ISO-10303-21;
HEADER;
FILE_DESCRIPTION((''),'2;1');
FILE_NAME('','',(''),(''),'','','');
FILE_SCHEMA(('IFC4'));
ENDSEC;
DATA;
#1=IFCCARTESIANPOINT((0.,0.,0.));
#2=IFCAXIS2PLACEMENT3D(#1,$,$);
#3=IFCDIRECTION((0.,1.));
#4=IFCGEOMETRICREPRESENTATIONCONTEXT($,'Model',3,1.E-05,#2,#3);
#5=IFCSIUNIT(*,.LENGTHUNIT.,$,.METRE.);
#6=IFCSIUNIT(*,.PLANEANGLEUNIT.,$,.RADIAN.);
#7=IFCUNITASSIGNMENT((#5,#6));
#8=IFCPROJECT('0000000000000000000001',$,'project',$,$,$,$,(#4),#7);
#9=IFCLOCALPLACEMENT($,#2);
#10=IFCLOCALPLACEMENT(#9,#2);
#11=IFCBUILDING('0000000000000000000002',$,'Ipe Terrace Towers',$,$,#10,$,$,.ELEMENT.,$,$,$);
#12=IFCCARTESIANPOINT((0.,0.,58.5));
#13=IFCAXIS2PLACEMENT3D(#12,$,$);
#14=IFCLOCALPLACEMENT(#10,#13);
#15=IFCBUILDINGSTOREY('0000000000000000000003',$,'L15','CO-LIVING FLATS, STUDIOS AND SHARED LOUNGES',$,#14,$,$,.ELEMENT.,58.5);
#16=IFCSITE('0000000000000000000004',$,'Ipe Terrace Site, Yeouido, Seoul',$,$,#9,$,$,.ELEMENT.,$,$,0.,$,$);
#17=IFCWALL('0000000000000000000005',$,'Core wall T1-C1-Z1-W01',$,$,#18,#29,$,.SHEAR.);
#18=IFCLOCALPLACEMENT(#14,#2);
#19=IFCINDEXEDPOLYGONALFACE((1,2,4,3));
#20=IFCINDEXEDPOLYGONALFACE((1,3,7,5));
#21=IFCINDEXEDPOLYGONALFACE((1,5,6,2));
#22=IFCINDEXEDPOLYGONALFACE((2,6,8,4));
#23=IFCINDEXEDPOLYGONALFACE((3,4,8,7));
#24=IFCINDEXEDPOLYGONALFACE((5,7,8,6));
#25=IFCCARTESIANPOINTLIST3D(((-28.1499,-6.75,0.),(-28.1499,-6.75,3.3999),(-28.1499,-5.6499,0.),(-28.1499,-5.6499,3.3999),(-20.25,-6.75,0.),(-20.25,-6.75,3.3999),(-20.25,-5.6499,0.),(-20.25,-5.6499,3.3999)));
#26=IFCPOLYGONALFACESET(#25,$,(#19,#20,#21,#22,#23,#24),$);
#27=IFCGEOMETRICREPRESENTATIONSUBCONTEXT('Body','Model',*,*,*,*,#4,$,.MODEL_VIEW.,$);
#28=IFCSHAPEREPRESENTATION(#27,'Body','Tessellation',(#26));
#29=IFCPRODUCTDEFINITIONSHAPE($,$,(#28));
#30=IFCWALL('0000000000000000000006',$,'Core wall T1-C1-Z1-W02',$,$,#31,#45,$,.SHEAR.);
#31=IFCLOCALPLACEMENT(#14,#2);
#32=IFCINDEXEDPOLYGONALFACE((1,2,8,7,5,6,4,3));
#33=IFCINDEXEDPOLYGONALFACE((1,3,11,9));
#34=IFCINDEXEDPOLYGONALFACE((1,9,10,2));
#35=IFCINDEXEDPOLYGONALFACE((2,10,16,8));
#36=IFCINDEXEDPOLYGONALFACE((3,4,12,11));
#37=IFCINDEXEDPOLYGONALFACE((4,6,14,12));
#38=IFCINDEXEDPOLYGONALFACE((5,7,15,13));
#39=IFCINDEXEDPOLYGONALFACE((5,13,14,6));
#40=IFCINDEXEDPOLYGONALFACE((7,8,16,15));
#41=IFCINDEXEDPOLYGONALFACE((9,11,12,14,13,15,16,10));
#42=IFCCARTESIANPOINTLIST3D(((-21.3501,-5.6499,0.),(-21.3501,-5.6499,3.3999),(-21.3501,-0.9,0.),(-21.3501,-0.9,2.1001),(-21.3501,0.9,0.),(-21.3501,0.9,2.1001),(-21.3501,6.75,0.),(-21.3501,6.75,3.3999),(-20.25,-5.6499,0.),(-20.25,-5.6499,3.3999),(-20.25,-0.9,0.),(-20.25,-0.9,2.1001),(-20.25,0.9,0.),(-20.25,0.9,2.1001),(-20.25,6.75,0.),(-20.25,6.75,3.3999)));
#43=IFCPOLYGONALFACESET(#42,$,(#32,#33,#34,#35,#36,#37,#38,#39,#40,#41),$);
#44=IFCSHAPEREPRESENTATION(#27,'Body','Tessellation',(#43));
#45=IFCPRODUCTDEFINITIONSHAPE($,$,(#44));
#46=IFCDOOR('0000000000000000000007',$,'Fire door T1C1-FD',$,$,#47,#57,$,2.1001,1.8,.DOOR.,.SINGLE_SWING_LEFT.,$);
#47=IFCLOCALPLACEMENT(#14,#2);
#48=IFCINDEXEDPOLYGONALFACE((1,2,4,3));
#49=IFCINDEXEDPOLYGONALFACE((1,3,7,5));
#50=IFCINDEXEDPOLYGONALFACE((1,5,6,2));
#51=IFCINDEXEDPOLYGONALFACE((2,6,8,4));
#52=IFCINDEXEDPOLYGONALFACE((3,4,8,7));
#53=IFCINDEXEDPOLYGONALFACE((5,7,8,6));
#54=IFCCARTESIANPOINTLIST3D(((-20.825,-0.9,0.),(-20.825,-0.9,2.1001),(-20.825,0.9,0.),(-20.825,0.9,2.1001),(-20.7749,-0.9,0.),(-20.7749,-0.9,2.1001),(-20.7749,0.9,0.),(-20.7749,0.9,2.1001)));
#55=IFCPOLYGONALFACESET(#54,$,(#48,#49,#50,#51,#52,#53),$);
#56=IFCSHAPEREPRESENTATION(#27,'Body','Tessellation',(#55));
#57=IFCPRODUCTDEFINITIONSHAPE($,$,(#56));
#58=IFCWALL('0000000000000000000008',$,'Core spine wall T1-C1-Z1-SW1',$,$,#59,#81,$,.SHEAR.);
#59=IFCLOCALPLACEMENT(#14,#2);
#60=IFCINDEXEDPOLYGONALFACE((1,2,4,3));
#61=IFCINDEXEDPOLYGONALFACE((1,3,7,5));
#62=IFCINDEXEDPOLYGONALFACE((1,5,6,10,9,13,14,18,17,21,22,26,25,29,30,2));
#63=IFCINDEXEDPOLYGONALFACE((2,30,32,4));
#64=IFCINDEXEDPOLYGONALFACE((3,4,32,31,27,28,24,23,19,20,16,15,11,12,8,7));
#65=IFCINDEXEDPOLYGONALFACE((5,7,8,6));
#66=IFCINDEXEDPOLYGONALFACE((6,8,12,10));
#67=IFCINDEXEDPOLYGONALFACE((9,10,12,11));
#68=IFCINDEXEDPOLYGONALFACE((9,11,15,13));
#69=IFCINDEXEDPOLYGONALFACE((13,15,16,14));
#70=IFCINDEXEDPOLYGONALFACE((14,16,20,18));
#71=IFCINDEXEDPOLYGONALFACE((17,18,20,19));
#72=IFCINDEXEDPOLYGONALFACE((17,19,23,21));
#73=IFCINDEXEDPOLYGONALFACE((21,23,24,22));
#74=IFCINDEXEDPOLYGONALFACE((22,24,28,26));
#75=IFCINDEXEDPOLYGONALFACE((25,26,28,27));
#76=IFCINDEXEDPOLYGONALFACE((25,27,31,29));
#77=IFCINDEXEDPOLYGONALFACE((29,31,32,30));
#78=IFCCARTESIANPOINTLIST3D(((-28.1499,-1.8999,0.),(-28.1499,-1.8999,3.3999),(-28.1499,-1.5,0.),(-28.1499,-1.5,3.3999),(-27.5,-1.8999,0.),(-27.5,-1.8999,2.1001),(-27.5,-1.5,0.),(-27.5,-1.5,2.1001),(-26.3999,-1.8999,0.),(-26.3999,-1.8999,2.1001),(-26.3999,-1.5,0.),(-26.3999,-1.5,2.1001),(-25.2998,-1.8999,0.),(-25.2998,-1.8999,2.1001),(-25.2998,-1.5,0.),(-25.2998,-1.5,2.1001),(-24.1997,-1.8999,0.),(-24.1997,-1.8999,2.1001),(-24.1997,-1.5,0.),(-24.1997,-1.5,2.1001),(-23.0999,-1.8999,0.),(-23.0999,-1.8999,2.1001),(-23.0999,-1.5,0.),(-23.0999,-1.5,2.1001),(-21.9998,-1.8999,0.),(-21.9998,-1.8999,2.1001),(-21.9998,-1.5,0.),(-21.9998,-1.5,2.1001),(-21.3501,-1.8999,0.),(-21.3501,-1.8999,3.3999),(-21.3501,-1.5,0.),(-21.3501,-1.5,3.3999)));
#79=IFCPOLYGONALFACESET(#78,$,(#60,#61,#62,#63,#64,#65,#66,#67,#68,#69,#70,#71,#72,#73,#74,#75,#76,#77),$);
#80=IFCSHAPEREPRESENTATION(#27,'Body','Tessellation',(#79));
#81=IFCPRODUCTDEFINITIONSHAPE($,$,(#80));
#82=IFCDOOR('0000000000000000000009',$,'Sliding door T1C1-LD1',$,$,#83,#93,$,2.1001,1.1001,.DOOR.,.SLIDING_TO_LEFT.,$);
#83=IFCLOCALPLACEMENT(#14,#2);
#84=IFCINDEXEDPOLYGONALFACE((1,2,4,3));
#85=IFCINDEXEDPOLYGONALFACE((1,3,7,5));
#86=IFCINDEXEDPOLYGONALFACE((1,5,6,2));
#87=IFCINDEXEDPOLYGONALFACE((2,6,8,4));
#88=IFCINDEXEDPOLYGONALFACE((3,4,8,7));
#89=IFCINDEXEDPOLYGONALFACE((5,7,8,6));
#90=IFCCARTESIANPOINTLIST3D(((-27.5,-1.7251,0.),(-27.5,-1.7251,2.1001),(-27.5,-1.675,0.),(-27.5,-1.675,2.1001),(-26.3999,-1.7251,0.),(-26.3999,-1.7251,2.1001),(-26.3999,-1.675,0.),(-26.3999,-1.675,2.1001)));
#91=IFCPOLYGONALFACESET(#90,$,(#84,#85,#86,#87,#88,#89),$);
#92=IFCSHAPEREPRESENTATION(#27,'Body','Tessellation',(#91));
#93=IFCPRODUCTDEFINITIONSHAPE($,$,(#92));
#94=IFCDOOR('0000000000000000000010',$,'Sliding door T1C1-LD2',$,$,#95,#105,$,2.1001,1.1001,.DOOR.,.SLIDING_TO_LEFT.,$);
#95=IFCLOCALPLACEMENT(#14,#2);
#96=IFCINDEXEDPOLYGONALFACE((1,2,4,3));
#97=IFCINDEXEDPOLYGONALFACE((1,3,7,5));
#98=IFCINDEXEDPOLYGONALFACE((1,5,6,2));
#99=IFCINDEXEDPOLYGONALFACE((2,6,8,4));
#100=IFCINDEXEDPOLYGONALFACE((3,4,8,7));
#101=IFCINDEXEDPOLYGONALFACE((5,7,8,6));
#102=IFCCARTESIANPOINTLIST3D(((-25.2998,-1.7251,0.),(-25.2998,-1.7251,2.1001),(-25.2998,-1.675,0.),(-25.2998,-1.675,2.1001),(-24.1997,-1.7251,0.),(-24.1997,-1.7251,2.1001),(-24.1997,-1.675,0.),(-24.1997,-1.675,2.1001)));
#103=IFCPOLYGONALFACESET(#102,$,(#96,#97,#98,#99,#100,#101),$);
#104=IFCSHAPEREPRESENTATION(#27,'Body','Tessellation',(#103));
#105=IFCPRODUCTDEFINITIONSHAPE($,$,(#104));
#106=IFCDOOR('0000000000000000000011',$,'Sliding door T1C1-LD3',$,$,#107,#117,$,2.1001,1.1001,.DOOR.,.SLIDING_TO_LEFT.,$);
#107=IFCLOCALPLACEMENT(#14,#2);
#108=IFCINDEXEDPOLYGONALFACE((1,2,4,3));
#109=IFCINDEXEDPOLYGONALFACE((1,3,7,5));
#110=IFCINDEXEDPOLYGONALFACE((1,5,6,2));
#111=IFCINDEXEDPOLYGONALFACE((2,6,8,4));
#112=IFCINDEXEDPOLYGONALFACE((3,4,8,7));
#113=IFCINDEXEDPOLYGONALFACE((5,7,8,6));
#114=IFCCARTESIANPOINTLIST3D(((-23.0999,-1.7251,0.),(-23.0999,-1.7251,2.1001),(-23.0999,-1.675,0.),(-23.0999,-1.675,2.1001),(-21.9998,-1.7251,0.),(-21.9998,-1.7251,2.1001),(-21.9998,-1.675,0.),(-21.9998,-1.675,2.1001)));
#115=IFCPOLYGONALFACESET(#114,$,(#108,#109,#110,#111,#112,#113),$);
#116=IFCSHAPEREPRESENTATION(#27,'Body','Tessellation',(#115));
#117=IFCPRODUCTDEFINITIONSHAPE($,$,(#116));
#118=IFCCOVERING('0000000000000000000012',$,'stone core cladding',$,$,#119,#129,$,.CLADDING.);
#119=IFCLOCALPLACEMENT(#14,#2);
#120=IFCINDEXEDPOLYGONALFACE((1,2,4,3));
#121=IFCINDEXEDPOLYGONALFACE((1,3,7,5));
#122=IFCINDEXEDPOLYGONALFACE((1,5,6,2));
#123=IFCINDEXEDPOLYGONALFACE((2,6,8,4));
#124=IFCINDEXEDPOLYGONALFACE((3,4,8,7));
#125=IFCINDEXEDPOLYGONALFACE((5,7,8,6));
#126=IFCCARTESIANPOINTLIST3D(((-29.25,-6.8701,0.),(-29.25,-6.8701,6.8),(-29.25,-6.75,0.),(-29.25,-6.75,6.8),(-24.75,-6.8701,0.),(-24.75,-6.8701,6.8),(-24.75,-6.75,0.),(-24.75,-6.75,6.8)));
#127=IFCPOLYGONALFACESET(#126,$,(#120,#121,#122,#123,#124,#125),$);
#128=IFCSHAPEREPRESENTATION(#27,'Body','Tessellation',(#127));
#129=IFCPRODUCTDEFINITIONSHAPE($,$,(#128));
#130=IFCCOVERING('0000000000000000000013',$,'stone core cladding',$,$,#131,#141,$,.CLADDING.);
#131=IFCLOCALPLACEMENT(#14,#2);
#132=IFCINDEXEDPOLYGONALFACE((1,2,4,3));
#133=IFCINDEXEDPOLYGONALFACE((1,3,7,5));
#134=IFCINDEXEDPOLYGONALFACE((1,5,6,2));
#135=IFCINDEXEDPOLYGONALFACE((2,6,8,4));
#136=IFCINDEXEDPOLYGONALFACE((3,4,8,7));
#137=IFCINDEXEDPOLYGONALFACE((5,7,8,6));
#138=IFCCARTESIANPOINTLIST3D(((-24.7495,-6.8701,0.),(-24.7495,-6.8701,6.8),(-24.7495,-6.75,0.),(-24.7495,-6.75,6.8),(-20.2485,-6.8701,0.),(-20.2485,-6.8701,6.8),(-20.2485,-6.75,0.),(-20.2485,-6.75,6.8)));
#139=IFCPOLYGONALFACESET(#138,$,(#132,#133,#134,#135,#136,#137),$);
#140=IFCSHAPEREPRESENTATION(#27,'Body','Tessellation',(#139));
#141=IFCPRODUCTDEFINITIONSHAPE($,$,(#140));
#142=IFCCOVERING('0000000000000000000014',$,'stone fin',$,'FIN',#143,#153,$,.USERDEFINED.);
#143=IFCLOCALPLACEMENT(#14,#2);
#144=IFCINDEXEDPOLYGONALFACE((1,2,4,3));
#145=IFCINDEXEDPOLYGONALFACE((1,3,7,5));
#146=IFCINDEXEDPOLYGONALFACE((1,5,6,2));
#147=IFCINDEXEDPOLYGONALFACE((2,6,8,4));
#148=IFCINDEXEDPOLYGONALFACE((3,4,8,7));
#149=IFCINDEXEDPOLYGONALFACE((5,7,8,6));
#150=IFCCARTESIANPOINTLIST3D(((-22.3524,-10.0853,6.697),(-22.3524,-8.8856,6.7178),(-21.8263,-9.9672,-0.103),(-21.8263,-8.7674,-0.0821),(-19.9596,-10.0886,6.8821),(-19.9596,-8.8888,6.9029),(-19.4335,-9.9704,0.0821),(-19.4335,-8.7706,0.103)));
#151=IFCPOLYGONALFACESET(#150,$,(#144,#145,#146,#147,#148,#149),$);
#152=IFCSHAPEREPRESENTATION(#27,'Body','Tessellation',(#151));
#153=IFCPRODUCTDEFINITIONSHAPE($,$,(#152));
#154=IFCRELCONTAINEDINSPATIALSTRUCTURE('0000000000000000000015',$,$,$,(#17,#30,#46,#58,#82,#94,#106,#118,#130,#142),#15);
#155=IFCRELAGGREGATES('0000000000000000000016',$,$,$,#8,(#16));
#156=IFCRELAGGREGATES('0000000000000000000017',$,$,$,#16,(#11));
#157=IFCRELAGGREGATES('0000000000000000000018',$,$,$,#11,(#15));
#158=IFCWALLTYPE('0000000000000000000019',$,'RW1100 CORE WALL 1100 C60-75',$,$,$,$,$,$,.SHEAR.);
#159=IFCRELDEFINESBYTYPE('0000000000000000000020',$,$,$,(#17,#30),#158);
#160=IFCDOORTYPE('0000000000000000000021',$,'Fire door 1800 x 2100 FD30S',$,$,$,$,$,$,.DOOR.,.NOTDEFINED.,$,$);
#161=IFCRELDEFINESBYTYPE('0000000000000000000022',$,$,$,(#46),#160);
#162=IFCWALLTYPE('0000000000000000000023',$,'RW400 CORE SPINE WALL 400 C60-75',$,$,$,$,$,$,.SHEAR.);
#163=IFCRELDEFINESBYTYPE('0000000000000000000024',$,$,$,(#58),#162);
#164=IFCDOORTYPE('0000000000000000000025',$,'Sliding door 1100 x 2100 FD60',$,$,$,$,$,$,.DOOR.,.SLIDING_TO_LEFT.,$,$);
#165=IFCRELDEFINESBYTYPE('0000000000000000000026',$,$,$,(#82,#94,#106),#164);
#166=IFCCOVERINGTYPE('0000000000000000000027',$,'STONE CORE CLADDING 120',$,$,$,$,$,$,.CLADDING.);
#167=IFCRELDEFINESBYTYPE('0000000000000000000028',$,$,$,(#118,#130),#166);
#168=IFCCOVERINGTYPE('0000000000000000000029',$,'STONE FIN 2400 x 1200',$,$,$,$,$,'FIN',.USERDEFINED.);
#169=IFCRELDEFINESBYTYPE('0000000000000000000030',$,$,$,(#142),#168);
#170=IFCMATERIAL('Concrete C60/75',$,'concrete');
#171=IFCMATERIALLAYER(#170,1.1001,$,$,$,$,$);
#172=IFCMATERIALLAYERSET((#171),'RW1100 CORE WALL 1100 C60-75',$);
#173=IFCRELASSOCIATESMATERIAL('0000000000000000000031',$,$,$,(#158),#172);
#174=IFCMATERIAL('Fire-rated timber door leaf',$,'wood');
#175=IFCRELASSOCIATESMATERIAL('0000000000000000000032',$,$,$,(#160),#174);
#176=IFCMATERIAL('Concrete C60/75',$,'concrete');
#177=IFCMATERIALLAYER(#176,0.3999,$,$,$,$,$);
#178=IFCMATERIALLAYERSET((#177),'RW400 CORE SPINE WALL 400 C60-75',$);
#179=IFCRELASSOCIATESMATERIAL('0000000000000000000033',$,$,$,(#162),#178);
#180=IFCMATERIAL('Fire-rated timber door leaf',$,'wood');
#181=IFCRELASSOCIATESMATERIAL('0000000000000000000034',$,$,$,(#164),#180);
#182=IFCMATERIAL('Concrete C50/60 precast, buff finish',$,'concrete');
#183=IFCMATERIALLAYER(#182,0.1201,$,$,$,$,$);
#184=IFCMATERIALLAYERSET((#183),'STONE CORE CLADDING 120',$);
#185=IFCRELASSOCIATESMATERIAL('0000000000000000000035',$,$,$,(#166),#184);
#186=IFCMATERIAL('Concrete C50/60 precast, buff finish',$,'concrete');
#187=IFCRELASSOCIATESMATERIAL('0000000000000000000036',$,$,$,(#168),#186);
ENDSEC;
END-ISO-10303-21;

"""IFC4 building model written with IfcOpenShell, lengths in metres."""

from ifc_helpers import new_model, si_unit, direction, frame, frame_2d, origin, origin_2d, place, context, subcontext, project, spatial, rectangle, extrude, material, layer, layer_set, material_profile, profile_set, type_object, element, fill, save


model = new_model("IFC4")

# Units and contexts
model_context = context("Model", 3, precision=1e-05, world=origin(), true_north=direction((0.0, 1.0)))
body_context = subcontext(model_context, "Body", "Model", "MODEL_VIEW")
ifc_project = project(units=[si_unit("LENGTHUNIT", "METRE"), si_unit("PLANEANGLEUNIT", "RADIAN")], contexts=[model_context])

# Site, building, storey
site_placement = place(None, origin())
site = spatial("IfcSite", under=ifc_project, at=site_placement, Name="Ipe Terrace Site, Yeouido, Seoul", CompositionType="ELEMENT", RefElevation=0.0)
building_placement = place(site_placement, origin())
building = spatial("IfcBuilding", under=site, at=building_placement, Name="Ipe Terrace Towers", CompositionType="ELEMENT")
storey_placement = place(building_placement, frame((0.0, 0.0, 58.5)))
storey = spatial("IfcBuildingStorey", under=building, at=storey_placement, Name="L15", Description="CO-LIVING FLATS, STUDIOS AND SHARED LOUNGES", CompositionType="ELEMENT", Elevation=58.5)

# Wall
ifc_material_1 = material(Name="Concrete C60/75", Category="concrete")
ifc_layer_1 = layer(ifc_material_1, 1.1001)
ifc_layer_set_1 = layer_set([ifc_layer_1], Name="RW1100 CORE WALL 1100 C60-75")
wall_type_1 = type_object("IfcWallType", Name="RW1100 CORE WALL 1100 C60-75", PredefinedType="SHEAR", material=ifc_layer_set_1)
wall_1_placement = place(storey_placement, frame((-28.1499, -6.2, 0.0), z_axis=(0.0, 0.0, 1.0), x_axis=(1.0, 0.0, 0.0)))
element("IfcWall", 1, at=wall_1_placement, inside=storey, type_object=wall_type_1, Name="Core wall T1-C1-Z1-W01", PredefinedType="SHEAR", context=body_context, shape_type="SweptSolid", body=[
    extrude(rectangle(XDim=7.8999, YDim=1.1001, at=frame_2d((3.95, 0.0))), origin(), (0.0, 0.0, 1.0), 3.3999),
])

# Wall, opening, door
wall_2_placement = place(storey_placement, frame((-20.8, -5.6499, 0.0), z_axis=(0.0, 0.0, 1.0), x_axis=(0.0, 1.0, 0.0)))
wall_2 = element("IfcWall", 2, at=wall_2_placement, inside=storey, type_object=wall_type_1, Name="Core wall T1-C1-Z1-W02", PredefinedType="SHEAR", context=body_context, shape_type="SweptSolid", body=[
    extrude(rectangle(XDim=12.3999, YDim=1.1001, at=frame_2d((6.2, 0.0))), origin(), (0.0, 0.0, 1.0), 3.3999),
])
opening_1_placement = place(wall_2_placement, frame((4.75, 0.0, 0.0)))
opening_1 = element("IfcOpeningElement", 3, at=opening_1_placement, cuts=wall_2, PredefinedType="OPENING", context=body_context, shape_type="SweptSolid", body=[
    extrude(rectangle(XDim=1.8, YDim=2.1001, at=frame_2d((0.8999, 1.05))), frame((0.0, 0.5601, 0.0), z_axis=(0.0, -1.0, 0.0), x_axis=(1.0, 0.0, 0.0)), (0.0, 0.0, 1.0), 1.1201),
])
ifc_material_2 = material(Name="Fire-rated timber door leaf", Category="wood")
door_type_1 = type_object("IfcDoorType", Name="Fire door 1800 x 2100 FD30S", OperationType="NOTDEFINED", PredefinedType="DOOR", material=ifc_material_2)
door_1_placement = place(opening_1_placement, origin())
door_1 = element("IfcDoor", 4, at=door_1_placement, inside=storey, type_object=door_type_1, Name="Fire door T1C1-FD", OperationType="SINGLE_SWING_LEFT", OverallHeight=2.1001, OverallWidth=1.8, PredefinedType="DOOR", context=body_context, shape_type="SweptSolid", body=[
    extrude(rectangle(XDim=1.8, YDim=2.1001, at=frame_2d((0.8999, 1.05))), frame((0.0, 0.0249, 0.0), z_axis=(0.0, -1.0, 0.0), x_axis=(1.0, 0.0, 0.0)), (0.0, 0.0, 1.0), 0.05),
])
fill(opening_1, door_1)

# Wall, openings, doors
ifc_material_3 = material(Name="Concrete C60/75", Category="concrete")
ifc_layer_2 = layer(ifc_material_3, 0.3999)
ifc_layer_set_2 = layer_set([ifc_layer_2], Name="RW400 CORE SPINE WALL 400 C60-75")
wall_type_2 = type_object("IfcWallType", Name="RW400 CORE SPINE WALL 400 C60-75", PredefinedType="SHEAR", material=ifc_layer_set_2)
wall_3_placement = place(storey_placement, frame((-28.1499, -1.7, 0.0), z_axis=(0.0, 0.0, 1.0), x_axis=(1.0, 0.0, 0.0)))
wall_3 = element("IfcWall", 5, at=wall_3_placement, inside=storey, type_object=wall_type_2, Name="Core spine wall T1-C1-Z1-SW1", PredefinedType="SHEAR", context=body_context, shape_type="SweptSolid", body=[
    extrude(rectangle(XDim=6.7998, YDim=0.3999, at=frame_2d((3.3999, 0.0))), origin(), (0.0, 0.0, 1.0), 3.3999),
])
opening_2_placement = place(wall_3_placement, frame((0.6499, 0.0, 0.0)))
opening_2 = element("IfcOpeningElement", 6, at=opening_2_placement, cuts=wall_3, PredefinedType="OPENING", context=body_context, shape_type="SweptSolid", body=[
    extrude(rectangle(XDim=1.1001, YDim=2.1001, at=frame_2d((0.55, 1.05))), frame((0.0, 0.21, 0.0), z_axis=(0.0, -1.0, 0.0), x_axis=(1.0, 0.0, 0.0)), (0.0, 0.0, 1.0), 0.4199),
])
opening_3_placement = place(wall_3_placement, frame((2.8501, 0.0, 0.0)))
opening_3 = element("IfcOpeningElement", 7, at=opening_3_placement, cuts=wall_3, PredefinedType="OPENING", context=body_context, shape_type="SweptSolid", body=[
    extrude(rectangle(XDim=1.1001, YDim=2.1001, at=frame_2d((0.55, 1.05))), frame((0.0, 0.21, 0.0), z_axis=(0.0, -1.0, 0.0), x_axis=(1.0, 0.0, 0.0)), (0.0, 0.0, 1.0), 0.4199),
])
opening_4_placement = place(wall_3_placement, frame((5.05, 0.0, 0.0)))
opening_4 = element("IfcOpeningElement", 8, at=opening_4_placement, cuts=wall_3, PredefinedType="OPENING", context=body_context, shape_type="SweptSolid", body=[
    extrude(rectangle(XDim=1.1001, YDim=2.1001, at=frame_2d((0.55, 1.05))), frame((0.0, 0.21, 0.0), z_axis=(0.0, -1.0, 0.0), x_axis=(1.0, 0.0, 0.0)), (0.0, 0.0, 1.0), 0.4199),
])
ifc_material_4 = material(Name="Fire-rated timber door leaf", Category="wood")
door_type_2 = type_object("IfcDoorType", Name="Sliding door 1100 x 2100 FD60", OperationType="SLIDING_TO_LEFT", PredefinedType="DOOR", material=ifc_material_4)
door_2_placement = place(opening_2_placement, origin())
door_2 = element("IfcDoor", 9, at=door_2_placement, inside=storey, type_object=door_type_2, Name="Sliding door T1C1-LD1", OperationType="SLIDING_TO_LEFT", OverallHeight=2.1001, OverallWidth=1.1001, PredefinedType="DOOR", context=body_context, shape_type="SweptSolid", body=[
    extrude(rectangle(XDim=1.1001, YDim=2.1001, at=frame_2d((0.55, 1.05))), frame((0.0, 0.0249, 0.0), z_axis=(0.0, -1.0, 0.0), x_axis=(1.0, 0.0, 0.0)), (0.0, 0.0, 1.0), 0.05),
])
fill(opening_2, door_2)
door_3_placement = place(opening_3_placement, origin())
door_3 = element("IfcDoor", 10, at=door_3_placement, inside=storey, type_object=door_type_2, Name="Sliding door T1C1-LD2", OperationType="SLIDING_TO_LEFT", OverallHeight=2.1001, OverallWidth=1.1001, PredefinedType="DOOR", context=body_context, shape_type="SweptSolid", body=[
    extrude(rectangle(XDim=1.1001, YDim=2.1001, at=frame_2d((0.55, 1.05))), frame((0.0, 0.0249, 0.0), z_axis=(0.0, -1.0, 0.0), x_axis=(1.0, 0.0, 0.0)), (0.0, 0.0, 1.0), 0.05),
])
fill(opening_3, door_3)
door_4_placement = place(opening_4_placement, origin())
door_4 = element("IfcDoor", 11, at=door_4_placement, inside=storey, type_object=door_type_2, Name="Sliding door T1C1-LD3", OperationType="SLIDING_TO_LEFT", OverallHeight=2.1001, OverallWidth=1.1001, PredefinedType="DOOR", context=body_context, shape_type="SweptSolid", body=[
    extrude(rectangle(XDim=1.1001, YDim=2.1001, at=frame_2d((0.55, 1.05))), frame((0.0, 0.0249, 0.0), z_axis=(0.0, -1.0, 0.0), x_axis=(1.0, 0.0, 0.0)), (0.0, 0.0, 1.0), 0.05),
])
fill(opening_4, door_4)

# Coverings
ifc_material_5 = material(Name="Concrete C50/60 precast, buff finish", Category="concrete")
ifc_layer_3 = layer(ifc_material_5, 0.1201)
ifc_layer_set_3 = layer_set([ifc_layer_3], Name="STONE CORE CLADDING 120")
covering_type_1 = type_object("IfcCoveringType", Name="STONE CORE CLADDING 120", PredefinedType="CLADDING", material=ifc_layer_set_3)
covering_1_placement = place(storey_placement, frame((-27.0, -6.8101, 0.0), z_axis=(0.0, 0.0, 1.0), x_axis=(1.0, 0.0, 0.0)))
element("IfcCovering", 12, at=covering_1_placement, inside=storey, type_object=covering_type_1, Name="stone core cladding", PredefinedType="CLADDING", context=body_context, shape_type="SweptSolid", body=[
    extrude(rectangle(XDim=4.5, YDim=0.1201, at=origin_2d()), origin(), (0.0, 0.0, 1.0), 6.8),
])
covering_2_placement = place(storey_placement, frame((-22.499, -6.8101, 0.0), z_axis=(0.0, 0.0, 1.0), x_axis=(1.0, 0.0, 0.0)))
element("IfcCovering", 13, at=covering_2_placement, inside=storey, type_object=covering_type_1, Name="stone core cladding", PredefinedType="CLADDING", context=body_context, shape_type="SweptSolid", body=[
    extrude(rectangle(XDim=4.501, YDim=0.1201, at=origin_2d()), origin(), (0.0, 0.0, 1.0), 6.8),
])
ifc_material_6 = material(Name="Concrete C50/60 precast, buff finish", Category="concrete")
ifc_material_profile_1 = material_profile(ifc_material_6, rectangle(XDim=2.3999, YDim=1.2, at=origin_2d()), Name="STONE FIN 2400 x 1200")
ifc_profile_set_1 = profile_set([ifc_material_profile_1], Name="Concrete C50/60 precast, buff finish")
covering_type_2 = type_object("IfcCoveringType", Name="STONE FIN 2400 x 1200", ElementType="FIN", PredefinedType="USERDEFINED", material=ifc_profile_set_1)
covering_3_placement = place(storey_placement, frame((-20.6299, -9.3689, 0.0), z_axis=(-0.077128, -0.017323, 0.996871), x_axis=(0.997021, -0.00134, 0.077117)))
element("IfcCovering", 14, at=covering_3_placement, inside=storey, type_object=covering_type_2, Name="stone fin", ObjectType="FIN", PredefinedType="USERDEFINED", context=body_context, shape_type="SweptSolid", body=[
    extrude(rectangle(XDim=2.3999, YDim=1.2, at=origin_2d()), origin(), (0.0, 0.0, 1.0), 6.8213),
])

save(model, "model.ifc")
